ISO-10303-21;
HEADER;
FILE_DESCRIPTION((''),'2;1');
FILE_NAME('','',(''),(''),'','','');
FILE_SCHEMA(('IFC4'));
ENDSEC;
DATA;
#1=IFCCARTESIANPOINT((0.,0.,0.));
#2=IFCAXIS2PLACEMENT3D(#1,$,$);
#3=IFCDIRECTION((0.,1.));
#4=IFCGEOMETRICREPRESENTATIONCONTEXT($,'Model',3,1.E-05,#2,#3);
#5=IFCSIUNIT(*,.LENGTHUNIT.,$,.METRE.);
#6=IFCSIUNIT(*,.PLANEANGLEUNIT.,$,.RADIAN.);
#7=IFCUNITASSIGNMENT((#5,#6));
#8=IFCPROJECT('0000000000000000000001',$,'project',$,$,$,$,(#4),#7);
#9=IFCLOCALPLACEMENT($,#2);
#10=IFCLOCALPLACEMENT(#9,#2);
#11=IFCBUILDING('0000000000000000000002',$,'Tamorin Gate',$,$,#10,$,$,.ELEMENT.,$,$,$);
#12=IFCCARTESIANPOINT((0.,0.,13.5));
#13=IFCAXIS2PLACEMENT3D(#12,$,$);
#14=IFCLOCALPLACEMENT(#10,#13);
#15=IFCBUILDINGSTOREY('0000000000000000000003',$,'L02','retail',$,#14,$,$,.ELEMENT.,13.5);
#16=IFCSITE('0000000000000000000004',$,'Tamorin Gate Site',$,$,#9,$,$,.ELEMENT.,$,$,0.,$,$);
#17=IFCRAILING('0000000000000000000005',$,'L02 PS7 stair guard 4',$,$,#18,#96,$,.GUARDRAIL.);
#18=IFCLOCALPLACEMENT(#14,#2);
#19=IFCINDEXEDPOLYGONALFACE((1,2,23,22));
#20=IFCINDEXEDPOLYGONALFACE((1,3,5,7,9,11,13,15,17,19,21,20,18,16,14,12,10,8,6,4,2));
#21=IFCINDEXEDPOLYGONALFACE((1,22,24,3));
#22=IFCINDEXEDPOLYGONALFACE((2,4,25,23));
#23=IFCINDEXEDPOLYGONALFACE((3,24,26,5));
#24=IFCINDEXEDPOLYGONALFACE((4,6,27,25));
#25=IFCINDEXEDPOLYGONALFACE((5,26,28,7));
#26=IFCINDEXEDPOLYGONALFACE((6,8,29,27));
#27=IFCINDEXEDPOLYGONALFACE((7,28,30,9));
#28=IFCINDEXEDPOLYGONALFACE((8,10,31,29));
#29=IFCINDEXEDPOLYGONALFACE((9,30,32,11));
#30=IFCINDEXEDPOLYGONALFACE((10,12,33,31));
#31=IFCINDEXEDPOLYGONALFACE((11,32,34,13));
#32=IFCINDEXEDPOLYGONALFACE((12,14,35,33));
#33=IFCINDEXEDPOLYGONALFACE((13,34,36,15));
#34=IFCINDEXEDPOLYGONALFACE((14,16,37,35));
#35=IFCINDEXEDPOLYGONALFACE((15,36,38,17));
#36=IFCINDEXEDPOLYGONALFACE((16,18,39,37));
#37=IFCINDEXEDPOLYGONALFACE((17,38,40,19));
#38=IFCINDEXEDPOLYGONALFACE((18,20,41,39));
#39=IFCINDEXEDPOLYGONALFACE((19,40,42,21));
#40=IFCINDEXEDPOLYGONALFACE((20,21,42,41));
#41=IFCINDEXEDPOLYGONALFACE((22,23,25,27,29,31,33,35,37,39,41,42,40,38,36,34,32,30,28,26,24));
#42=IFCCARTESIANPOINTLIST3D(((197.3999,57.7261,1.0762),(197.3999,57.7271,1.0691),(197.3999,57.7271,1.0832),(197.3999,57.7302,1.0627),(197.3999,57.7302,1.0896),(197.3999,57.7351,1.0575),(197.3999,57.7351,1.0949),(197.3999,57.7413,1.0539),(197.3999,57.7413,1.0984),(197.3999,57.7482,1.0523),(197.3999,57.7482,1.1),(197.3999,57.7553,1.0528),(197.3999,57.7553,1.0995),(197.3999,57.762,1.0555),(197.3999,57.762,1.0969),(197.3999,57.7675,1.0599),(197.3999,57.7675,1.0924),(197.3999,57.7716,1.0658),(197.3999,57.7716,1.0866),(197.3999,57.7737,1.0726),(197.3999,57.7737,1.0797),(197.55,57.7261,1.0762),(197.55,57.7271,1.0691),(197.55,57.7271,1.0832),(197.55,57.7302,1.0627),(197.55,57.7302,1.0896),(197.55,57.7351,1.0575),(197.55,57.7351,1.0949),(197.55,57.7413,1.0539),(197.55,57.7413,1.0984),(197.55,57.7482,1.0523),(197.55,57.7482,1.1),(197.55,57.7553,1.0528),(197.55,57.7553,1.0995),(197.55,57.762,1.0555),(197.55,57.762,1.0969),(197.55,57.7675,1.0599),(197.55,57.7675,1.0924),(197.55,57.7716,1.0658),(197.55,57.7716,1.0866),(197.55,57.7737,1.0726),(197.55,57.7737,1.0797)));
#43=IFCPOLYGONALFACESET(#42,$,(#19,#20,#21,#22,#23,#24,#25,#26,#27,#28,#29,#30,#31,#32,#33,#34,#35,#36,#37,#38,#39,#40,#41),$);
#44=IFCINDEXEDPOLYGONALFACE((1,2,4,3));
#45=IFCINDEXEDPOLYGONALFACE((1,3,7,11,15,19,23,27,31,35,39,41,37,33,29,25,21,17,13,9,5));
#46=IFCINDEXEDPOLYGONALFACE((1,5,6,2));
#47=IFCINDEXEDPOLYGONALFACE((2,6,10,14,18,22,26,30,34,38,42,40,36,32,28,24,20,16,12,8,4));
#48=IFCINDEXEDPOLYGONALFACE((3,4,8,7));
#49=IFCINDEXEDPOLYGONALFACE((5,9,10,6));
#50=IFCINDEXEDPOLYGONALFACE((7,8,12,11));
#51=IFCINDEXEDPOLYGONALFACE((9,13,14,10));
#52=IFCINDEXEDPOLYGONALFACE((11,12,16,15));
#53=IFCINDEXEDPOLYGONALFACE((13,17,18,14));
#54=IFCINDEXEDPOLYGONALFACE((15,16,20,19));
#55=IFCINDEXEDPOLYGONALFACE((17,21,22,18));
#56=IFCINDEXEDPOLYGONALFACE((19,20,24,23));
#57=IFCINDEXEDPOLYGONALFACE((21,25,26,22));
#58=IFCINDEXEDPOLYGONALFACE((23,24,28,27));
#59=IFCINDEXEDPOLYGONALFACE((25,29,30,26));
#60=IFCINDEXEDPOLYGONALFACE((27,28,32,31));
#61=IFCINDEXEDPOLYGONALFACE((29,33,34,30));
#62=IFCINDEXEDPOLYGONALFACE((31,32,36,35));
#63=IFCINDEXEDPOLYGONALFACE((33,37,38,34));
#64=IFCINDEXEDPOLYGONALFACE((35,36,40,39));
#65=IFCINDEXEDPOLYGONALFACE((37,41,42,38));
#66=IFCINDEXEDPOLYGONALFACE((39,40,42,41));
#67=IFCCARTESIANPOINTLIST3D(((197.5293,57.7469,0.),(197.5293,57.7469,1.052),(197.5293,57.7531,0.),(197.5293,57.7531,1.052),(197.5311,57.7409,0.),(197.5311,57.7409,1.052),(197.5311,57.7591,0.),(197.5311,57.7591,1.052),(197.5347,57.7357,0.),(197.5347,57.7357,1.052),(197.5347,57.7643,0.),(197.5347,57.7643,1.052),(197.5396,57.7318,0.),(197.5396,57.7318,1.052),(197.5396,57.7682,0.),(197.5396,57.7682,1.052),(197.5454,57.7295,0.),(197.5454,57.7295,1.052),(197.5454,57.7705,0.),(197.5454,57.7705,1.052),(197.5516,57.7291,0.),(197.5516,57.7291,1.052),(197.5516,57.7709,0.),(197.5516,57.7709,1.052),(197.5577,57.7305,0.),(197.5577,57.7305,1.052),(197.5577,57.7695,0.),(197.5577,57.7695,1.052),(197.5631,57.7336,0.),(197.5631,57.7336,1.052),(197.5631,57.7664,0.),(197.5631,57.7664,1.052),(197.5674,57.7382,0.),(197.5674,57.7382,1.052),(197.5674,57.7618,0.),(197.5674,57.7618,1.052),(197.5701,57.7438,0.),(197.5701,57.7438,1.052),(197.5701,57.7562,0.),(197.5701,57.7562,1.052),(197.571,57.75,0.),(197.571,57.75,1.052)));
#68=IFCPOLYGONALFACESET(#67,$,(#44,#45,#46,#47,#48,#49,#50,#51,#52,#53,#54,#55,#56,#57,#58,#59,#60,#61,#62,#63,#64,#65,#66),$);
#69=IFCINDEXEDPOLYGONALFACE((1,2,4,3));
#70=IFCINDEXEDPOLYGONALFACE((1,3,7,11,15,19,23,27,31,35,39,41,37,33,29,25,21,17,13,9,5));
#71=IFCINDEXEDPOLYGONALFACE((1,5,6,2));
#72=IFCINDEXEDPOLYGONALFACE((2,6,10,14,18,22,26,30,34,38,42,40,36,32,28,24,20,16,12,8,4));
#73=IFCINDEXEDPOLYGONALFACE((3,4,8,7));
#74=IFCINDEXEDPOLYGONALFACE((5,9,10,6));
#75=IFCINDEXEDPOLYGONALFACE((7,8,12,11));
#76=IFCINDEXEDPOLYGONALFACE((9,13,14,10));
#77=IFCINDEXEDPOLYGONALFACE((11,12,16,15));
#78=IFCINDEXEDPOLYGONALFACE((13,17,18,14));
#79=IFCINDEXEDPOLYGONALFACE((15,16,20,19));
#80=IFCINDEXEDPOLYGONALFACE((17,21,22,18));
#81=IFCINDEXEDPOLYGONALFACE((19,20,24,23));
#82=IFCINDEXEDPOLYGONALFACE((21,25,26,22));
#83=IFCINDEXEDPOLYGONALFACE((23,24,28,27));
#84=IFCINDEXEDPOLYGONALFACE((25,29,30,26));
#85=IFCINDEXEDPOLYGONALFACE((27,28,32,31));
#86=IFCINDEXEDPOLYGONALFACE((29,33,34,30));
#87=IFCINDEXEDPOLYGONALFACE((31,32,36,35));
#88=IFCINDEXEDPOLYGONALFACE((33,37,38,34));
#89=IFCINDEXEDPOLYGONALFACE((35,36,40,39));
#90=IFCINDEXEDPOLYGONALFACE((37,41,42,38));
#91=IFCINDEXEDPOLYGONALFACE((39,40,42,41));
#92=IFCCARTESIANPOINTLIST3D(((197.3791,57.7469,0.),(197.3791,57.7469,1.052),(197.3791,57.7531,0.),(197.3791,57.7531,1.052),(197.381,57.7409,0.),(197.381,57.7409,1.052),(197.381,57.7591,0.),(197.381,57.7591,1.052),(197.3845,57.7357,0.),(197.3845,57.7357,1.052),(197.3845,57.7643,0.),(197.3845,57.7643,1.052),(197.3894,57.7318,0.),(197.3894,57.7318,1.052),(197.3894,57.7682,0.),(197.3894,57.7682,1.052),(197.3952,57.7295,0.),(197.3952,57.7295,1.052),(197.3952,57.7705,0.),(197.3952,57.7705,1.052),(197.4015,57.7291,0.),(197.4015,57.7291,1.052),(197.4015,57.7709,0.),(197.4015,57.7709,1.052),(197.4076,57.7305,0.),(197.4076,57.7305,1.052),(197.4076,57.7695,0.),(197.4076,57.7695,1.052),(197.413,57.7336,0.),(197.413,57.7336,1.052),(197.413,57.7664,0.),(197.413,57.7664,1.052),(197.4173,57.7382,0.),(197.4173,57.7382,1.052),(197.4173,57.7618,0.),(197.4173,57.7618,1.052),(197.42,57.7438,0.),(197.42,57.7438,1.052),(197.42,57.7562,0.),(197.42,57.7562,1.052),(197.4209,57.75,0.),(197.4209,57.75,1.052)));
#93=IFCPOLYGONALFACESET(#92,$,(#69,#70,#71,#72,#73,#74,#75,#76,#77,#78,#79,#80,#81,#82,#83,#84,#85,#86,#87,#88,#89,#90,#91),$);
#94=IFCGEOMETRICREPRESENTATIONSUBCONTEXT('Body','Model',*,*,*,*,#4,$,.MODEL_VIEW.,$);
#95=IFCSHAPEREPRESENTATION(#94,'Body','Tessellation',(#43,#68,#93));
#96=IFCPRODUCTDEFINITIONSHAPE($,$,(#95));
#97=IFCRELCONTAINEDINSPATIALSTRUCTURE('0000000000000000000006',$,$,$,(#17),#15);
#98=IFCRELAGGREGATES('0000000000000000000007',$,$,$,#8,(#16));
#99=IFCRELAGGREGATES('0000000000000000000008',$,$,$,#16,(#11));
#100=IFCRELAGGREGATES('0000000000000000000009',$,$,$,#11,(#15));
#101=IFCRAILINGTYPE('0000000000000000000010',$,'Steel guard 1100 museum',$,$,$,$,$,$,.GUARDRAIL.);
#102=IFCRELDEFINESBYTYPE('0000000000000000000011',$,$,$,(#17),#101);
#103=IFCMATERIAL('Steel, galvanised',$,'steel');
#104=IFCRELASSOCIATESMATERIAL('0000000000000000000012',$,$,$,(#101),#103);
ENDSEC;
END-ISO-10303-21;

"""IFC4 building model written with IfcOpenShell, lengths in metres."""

from ifc_helpers import new_model, si_unit, direction, frame, origin, origin_2d, place, context, subcontext, project, spatial, circle, extrude, material, type_object, element, save


model = new_model("IFC4")

# Units and contexts
model_context = context("Model", 3, precision=1e-05, world=origin(), true_north=direction((0.0, 1.0)))
body_context = subcontext(model_context, "Body", "Model", "MODEL_VIEW")
ifc_project = project(units=[si_unit("LENGTHUNIT", "METRE"), si_unit("PLANEANGLEUNIT", "RADIAN")], contexts=[model_context])

# Site, building, storey
site_placement = place(None, origin())
site = spatial("IfcSite", under=ifc_project, at=site_placement, Name="Tamorin Gate Site", CompositionType="ELEMENT", RefElevation=0.0)
building_placement = place(site_placement, origin())
building = spatial("IfcBuilding", under=site, at=building_placement, Name="Tamorin Gate", CompositionType="ELEMENT")
storey_placement = place(building_placement, frame((0.0, 0.0, 13.5)))
storey = spatial("IfcBuildingStorey", under=building, at=storey_placement, Name="L02", Description="retail", CompositionType="ELEMENT", Elevation=13.5)

# Railing
ifc_material_1 = material(Name="Steel, galvanised", Category="steel")
railing_type_1 = type_object("IfcRailingType", Name="Steel guard 1100 museum", PredefinedType="GUARDRAIL", material=ifc_material_1)
railing_1_placement = place(storey_placement, frame((197.55, 57.75, 0.0)))
element("IfcRailing", 1, at=railing_1_placement, inside=storey, type_object=railing_type_1, Name="L02 PS7 stair guard 4", PredefinedType="GUARDRAIL", context=body_context, shape_type="SweptSolid", body=[
    extrude(circle(Radius=0.0239, at=origin_2d()), frame((0.0, 0.0, 1.0762), z_axis=(-1.0, 0.0, 0.0), x_axis=(0.0, -1.0, 0.0)), (0.0, 0.0, 1.0), 0.1501),
    extrude(circle(Radius=0.021, at=origin_2d()), origin(), (0.0, 0.0, 1.0), 1.052),
    extrude(circle(Radius=0.021, at=origin_2d()), frame((-0.1501, 0.0, 0.0)), (0.0, 0.0, 1.0), 1.052),
])

save(model, "model.ifc")
